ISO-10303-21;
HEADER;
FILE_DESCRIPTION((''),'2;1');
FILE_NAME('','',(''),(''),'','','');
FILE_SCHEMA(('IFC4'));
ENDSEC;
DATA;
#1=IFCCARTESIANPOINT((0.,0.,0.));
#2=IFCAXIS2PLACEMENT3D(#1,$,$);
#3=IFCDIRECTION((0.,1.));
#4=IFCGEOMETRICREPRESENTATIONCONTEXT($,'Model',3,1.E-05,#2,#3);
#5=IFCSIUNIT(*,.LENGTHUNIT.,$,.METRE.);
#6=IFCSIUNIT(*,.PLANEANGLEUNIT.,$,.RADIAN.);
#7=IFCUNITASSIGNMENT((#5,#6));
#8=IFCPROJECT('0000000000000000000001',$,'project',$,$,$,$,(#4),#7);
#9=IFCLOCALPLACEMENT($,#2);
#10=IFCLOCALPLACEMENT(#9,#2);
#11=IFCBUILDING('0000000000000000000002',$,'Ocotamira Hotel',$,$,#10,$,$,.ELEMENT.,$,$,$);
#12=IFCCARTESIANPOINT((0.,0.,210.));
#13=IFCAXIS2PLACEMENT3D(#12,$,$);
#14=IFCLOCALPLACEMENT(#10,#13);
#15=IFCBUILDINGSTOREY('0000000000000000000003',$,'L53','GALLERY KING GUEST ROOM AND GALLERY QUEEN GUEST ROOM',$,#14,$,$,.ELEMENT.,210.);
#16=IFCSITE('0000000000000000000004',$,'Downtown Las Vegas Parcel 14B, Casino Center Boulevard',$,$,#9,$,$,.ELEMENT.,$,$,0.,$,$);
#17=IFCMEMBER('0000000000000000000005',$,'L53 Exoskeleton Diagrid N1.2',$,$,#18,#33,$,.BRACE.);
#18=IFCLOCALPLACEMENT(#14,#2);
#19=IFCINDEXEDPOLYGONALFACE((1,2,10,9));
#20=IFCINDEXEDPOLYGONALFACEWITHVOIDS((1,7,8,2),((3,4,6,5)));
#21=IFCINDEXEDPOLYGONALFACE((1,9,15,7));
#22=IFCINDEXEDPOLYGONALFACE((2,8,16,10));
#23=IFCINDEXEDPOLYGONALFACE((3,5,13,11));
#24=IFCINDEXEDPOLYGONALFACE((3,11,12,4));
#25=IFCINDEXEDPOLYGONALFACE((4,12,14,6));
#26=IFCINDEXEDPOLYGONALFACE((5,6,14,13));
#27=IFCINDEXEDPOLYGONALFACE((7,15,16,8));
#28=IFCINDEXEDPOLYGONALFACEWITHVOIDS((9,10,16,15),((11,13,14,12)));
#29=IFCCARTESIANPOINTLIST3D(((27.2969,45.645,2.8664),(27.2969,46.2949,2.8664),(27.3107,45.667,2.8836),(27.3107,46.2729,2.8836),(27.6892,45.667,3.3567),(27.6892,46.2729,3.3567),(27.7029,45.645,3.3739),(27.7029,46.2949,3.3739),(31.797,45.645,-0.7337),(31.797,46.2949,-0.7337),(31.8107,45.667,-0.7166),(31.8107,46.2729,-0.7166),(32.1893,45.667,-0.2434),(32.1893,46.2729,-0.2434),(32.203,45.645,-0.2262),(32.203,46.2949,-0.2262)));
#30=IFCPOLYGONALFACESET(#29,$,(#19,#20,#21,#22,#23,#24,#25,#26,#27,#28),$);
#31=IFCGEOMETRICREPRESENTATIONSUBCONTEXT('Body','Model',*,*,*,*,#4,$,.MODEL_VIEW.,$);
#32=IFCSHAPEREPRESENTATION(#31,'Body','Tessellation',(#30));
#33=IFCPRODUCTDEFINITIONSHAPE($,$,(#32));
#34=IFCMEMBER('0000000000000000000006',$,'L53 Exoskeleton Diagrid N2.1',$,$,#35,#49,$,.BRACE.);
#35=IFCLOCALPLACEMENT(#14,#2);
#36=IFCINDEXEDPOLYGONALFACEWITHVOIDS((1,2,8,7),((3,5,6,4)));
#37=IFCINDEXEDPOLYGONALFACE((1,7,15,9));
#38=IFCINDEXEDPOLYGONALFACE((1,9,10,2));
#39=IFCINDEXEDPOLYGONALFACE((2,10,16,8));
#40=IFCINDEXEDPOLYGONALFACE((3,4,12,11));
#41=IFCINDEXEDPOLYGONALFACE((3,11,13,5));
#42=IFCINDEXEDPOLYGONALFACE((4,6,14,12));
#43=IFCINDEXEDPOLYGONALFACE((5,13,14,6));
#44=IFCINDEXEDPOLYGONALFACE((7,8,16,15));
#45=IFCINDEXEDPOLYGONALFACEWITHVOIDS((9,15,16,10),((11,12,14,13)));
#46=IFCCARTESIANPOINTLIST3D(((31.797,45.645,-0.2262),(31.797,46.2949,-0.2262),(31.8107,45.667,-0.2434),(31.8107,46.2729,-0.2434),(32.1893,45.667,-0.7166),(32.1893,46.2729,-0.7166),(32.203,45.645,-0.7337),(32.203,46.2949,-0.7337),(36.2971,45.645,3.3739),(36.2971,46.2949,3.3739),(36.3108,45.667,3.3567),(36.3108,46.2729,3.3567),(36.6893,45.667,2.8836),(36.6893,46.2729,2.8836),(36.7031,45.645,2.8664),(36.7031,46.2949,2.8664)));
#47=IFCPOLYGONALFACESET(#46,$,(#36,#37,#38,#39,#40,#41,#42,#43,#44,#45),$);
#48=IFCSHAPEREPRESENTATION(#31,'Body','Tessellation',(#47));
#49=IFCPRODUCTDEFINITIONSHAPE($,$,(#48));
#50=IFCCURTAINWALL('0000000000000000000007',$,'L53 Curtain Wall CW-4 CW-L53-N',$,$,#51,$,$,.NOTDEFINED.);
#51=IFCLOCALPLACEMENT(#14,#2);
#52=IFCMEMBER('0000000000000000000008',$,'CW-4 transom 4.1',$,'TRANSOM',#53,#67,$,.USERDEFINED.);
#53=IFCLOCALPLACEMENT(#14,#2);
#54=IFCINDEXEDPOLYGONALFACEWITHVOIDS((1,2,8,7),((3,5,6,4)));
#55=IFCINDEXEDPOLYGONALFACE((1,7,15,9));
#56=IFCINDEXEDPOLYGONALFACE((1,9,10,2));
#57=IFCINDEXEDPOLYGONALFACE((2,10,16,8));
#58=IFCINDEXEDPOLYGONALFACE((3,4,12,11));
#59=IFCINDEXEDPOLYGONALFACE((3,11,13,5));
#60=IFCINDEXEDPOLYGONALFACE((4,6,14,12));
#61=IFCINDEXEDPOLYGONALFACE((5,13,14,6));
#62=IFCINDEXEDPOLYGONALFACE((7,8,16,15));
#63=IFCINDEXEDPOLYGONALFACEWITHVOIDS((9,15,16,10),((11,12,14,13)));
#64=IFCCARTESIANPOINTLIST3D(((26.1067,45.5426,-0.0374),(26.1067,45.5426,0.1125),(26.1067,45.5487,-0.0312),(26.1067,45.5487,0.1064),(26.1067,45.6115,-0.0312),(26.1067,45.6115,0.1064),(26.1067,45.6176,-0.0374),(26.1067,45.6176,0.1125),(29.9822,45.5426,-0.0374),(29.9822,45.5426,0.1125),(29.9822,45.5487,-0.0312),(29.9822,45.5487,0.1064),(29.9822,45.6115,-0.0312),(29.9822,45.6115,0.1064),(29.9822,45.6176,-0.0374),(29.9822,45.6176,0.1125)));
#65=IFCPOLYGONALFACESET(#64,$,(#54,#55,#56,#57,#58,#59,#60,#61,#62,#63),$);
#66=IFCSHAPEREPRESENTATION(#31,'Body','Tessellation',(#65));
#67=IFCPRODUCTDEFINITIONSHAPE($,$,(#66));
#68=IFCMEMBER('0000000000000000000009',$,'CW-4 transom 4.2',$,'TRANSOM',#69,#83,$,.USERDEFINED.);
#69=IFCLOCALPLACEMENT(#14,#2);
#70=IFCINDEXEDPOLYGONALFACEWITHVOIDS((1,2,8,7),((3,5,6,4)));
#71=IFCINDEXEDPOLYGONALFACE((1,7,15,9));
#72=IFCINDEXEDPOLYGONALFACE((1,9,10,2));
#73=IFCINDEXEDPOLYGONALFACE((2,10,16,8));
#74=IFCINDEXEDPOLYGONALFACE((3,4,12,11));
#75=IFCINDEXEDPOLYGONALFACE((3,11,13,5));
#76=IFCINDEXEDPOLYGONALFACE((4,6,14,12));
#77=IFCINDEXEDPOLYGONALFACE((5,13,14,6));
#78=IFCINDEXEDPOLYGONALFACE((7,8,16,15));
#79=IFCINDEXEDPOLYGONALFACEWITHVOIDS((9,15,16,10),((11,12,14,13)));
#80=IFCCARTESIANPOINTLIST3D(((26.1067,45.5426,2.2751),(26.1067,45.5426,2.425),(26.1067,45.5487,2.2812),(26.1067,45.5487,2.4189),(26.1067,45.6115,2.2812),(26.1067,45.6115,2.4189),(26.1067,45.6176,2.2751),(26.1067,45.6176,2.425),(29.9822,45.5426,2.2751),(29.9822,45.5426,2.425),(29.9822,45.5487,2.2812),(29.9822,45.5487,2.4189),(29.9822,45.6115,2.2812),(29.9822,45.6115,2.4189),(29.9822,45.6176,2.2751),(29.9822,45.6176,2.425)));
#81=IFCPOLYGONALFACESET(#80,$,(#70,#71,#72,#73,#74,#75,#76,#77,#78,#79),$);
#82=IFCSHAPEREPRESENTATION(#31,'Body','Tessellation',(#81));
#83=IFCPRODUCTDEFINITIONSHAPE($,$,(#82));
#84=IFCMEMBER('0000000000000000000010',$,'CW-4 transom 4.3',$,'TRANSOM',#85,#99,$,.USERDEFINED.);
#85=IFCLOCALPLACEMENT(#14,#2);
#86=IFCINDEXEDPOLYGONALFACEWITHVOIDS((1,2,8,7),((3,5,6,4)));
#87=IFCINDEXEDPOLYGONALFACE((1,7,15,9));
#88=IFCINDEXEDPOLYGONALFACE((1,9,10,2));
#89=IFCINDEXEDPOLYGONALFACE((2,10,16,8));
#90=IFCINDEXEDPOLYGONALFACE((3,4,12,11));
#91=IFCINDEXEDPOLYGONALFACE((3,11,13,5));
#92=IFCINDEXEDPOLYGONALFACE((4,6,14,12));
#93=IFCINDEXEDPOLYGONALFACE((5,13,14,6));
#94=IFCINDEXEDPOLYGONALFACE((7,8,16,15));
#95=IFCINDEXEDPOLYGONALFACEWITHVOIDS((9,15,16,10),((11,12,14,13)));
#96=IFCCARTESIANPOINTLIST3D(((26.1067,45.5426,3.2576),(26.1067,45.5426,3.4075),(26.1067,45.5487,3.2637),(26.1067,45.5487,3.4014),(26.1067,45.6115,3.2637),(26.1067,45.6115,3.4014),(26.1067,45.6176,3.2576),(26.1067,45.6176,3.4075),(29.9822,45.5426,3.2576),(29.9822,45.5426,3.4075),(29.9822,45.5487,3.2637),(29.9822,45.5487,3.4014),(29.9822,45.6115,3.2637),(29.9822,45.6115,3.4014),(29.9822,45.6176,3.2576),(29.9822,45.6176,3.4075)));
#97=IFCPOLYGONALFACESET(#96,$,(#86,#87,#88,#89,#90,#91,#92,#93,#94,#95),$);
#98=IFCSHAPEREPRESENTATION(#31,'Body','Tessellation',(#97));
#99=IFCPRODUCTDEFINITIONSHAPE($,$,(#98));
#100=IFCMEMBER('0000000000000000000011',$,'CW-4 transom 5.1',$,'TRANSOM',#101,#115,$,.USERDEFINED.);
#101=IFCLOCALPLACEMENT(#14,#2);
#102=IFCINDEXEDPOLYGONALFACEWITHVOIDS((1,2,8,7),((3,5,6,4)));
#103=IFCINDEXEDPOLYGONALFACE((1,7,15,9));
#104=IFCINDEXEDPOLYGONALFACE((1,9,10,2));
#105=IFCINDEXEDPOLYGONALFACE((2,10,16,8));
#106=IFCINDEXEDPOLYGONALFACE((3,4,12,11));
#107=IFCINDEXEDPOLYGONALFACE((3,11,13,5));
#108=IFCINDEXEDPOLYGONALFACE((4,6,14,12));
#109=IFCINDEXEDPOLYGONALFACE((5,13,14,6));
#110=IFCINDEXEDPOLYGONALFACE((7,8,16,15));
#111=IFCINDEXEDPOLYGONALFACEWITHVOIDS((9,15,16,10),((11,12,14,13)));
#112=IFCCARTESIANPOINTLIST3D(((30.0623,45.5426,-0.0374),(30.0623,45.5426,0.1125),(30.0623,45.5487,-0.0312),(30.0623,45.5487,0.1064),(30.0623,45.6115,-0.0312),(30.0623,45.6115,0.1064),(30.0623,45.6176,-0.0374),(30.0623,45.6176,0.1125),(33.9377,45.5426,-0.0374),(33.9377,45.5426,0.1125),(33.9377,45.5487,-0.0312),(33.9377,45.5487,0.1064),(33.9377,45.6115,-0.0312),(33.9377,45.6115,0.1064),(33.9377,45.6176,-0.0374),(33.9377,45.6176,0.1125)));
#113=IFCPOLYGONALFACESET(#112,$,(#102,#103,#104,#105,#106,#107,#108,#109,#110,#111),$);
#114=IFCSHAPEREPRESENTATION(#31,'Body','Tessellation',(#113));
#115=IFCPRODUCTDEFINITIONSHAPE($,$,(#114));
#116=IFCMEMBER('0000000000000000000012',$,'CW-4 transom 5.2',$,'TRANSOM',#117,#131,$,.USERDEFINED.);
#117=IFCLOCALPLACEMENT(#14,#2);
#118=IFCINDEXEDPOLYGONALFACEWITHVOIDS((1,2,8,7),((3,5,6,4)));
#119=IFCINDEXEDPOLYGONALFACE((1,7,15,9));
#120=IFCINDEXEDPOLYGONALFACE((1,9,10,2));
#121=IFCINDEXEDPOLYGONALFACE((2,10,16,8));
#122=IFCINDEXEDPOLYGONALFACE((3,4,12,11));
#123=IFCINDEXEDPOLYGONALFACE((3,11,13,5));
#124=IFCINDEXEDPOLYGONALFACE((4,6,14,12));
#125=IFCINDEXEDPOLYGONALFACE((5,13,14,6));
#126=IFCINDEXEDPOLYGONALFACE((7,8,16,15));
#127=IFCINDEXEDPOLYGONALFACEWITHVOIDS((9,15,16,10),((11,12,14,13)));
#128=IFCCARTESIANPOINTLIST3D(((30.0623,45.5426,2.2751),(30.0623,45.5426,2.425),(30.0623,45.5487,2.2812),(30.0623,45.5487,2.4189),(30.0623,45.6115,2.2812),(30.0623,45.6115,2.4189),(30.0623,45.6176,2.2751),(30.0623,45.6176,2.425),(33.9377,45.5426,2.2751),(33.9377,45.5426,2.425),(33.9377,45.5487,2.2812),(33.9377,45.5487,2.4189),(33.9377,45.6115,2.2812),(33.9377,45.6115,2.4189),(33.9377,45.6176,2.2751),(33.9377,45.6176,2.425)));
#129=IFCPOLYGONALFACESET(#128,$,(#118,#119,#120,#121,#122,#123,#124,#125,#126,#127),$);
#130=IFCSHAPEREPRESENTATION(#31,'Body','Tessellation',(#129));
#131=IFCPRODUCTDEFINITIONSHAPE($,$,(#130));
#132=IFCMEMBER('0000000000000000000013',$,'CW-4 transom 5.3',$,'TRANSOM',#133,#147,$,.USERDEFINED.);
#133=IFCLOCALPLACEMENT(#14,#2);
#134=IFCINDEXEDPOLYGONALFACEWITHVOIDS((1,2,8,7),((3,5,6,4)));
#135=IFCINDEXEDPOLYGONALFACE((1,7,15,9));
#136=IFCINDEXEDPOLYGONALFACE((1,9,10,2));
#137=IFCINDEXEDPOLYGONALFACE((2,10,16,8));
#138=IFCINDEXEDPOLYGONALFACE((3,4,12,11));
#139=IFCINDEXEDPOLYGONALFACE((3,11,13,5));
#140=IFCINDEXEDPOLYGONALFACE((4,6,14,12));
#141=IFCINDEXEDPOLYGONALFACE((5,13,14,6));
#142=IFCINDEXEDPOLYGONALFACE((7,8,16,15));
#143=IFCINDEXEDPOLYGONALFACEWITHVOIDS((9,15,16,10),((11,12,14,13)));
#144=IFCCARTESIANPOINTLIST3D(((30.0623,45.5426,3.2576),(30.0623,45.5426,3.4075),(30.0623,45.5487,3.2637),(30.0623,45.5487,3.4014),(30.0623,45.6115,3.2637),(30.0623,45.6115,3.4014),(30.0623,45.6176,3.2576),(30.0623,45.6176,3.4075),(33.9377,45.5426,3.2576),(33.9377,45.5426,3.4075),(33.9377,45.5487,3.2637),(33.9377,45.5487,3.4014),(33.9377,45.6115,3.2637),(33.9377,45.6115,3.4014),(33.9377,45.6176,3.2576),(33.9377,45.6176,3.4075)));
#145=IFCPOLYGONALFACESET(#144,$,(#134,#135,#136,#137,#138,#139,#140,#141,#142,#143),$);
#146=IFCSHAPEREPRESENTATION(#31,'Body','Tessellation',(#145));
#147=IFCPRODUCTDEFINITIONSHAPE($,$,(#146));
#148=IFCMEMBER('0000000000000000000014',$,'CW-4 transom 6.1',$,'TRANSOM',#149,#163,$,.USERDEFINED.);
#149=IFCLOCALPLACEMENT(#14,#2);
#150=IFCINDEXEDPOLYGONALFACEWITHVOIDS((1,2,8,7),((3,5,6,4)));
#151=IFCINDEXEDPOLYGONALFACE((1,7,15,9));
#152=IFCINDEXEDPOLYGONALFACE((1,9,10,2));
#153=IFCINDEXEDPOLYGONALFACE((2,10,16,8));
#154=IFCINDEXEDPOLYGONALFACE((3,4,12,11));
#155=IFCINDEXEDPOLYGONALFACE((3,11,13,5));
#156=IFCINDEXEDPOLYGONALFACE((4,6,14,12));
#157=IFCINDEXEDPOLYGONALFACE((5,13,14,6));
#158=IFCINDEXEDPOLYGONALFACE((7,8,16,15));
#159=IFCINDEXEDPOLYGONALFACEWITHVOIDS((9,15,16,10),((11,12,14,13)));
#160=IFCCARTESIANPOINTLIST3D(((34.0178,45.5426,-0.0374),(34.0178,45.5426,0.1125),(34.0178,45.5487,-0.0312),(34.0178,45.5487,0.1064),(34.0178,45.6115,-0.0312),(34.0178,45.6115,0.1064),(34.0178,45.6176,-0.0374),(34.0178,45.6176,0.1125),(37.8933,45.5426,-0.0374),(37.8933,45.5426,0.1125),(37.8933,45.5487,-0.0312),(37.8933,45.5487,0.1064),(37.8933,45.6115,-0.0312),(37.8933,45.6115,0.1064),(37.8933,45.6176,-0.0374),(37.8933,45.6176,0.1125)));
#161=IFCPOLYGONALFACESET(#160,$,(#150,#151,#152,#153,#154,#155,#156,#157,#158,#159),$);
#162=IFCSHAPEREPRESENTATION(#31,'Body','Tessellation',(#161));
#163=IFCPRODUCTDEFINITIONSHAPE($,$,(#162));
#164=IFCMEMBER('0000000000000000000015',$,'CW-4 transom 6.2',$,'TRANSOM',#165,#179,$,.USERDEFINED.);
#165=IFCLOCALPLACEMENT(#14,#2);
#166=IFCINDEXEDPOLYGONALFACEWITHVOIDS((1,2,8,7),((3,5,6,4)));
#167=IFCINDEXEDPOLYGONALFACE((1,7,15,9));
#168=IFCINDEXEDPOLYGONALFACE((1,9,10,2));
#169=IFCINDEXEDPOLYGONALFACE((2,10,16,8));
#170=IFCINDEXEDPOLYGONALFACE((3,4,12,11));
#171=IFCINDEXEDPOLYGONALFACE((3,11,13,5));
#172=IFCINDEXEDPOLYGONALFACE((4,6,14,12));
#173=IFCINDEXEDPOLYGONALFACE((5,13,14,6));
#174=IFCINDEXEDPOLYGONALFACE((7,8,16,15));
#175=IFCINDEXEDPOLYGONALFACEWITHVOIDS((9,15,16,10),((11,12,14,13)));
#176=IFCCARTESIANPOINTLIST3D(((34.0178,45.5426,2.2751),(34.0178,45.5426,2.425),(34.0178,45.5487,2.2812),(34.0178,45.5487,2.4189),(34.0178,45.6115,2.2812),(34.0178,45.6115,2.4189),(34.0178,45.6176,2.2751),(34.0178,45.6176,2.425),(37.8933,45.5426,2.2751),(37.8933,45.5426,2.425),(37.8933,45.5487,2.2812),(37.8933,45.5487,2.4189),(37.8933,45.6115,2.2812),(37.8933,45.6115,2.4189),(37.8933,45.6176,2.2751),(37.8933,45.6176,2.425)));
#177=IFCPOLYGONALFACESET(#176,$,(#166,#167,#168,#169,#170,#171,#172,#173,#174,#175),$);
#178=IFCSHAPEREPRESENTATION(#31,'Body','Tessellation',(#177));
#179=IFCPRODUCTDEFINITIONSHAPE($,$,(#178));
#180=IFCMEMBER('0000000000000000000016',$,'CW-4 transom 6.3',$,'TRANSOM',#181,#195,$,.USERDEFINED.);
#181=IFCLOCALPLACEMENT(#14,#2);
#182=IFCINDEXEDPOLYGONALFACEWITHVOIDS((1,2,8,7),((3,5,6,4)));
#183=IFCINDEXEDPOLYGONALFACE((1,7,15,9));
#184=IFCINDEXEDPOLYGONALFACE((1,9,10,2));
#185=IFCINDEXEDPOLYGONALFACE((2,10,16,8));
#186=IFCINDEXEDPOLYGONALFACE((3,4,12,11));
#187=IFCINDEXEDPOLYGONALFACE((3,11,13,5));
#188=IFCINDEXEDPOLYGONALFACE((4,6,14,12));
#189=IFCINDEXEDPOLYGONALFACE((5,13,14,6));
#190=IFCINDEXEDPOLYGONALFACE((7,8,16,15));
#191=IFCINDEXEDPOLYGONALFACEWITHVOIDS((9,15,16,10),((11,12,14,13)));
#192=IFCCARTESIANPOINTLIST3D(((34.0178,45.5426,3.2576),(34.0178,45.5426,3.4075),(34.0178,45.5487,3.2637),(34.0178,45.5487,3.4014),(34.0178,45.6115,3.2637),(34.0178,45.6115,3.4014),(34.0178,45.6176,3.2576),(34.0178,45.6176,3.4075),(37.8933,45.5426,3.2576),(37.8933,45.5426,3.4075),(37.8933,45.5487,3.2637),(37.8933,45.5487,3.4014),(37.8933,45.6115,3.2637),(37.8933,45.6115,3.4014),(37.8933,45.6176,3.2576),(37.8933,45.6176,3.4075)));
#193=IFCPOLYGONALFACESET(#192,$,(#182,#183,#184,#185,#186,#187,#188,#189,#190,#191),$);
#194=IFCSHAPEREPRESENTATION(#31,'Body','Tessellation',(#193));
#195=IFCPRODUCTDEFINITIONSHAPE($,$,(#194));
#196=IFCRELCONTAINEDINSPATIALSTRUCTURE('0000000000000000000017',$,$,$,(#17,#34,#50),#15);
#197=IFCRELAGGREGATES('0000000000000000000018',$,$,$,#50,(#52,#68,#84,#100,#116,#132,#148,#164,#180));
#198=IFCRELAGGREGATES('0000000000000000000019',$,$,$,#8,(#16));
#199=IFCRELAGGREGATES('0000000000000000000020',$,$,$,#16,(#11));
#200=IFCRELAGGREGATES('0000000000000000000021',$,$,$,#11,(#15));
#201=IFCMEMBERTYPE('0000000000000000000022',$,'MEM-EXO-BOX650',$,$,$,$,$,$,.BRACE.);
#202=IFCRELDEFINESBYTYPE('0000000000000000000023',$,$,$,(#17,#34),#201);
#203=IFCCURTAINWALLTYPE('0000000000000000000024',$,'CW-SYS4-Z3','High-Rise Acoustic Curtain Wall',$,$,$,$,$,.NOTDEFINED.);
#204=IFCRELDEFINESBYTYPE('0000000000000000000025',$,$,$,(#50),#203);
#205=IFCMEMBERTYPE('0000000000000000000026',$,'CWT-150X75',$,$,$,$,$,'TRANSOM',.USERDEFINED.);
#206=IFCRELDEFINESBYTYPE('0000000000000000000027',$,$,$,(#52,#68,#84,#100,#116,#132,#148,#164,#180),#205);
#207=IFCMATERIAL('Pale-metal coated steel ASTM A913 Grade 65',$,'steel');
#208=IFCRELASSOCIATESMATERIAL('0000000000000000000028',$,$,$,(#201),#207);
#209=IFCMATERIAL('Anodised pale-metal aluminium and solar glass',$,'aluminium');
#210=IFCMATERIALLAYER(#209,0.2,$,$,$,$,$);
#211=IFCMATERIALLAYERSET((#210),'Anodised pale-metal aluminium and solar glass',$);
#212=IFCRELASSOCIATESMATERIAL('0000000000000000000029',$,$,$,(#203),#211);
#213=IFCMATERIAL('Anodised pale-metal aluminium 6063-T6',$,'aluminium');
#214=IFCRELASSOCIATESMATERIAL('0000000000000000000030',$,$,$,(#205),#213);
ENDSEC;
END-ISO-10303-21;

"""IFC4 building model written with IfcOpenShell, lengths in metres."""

from ifc_helpers import new_model, si_unit, direction, frame, origin, origin_2d, place, context, subcontext, project, spatial, hollow_rectangle, extrude, source, transform, mapped, material, layer, layer_set, material_profile, profile_set, type_object, element, aggregate, save


model = new_model("IFC4")

# Units and contexts
model_context = context("Model", 3, precision=1e-05, world=origin(), true_north=direction((0.0, 1.0)))
body_context = subcontext(model_context, "Body", "Model", "MODEL_VIEW")
ifc_project = project(units=[si_unit("LENGTHUNIT", "METRE"), si_unit("PLANEANGLEUNIT", "RADIAN")], contexts=[model_context])

# Site, building, storey
site_placement = place(None, origin())
site = spatial("IfcSite", under=ifc_project, at=site_placement, Name="Downtown Las Vegas Parcel 14B, Casino Center Boulevard", CompositionType="ELEMENT", RefElevation=0.0)
building_placement = place(site_placement, origin())
building = spatial("IfcBuilding", under=site, at=building_placement, Name="Ocotamira Hotel", CompositionType="ELEMENT")
storey_placement = place(building_placement, frame((0.0, 0.0, 210.0)))
storey = spatial("IfcBuildingStorey", under=building, at=storey_placement, Name="L53", Description="GALLERY KING GUEST ROOM AND GALLERY QUEEN GUEST ROOM", CompositionType="ELEMENT", Elevation=210.0)

# Members
ifc_material_1 = material(Name="Pale-metal coated steel ASTM A913 Grade 65", Category="steel")
ifc_material_profile_1 = material_profile(ifc_material_1, hollow_rectangle(XDim=0.6499, YDim=0.6499, WallThickness=0.022, at=origin_2d()), Name="BOX650X650X22")
ifc_profile_set_1 = profile_set([ifc_material_profile_1], Name="Pale-metal coated steel ASTM A913 Grade 65")
member_type_1 = type_object("IfcMemberType", Name="MEM-EXO-BOX650", PredefinedType="BRACE", material=ifc_profile_set_1)
shared_shape_1 = source(origin(), body_context, "Body", "SweptSolid", [
    extrude(hollow_rectangle(XDim=0.6499, YDim=0.6499, WallThickness=0.022, at=origin_2d()), origin(), (0.0, 0.0, 1.0), 5.7629),
])
for number, where, z_axis, x_axis, name in (
    (1, (32.0, 45.97, -0.48), (-0.780861, 0.0, 0.624705), (0.0, -1.0, 0.0), "L53 Exoskeleton Diagrid N1.2"),
    (2, (32.0, 45.97, -0.48), (0.780861, 0.0, 0.624705), (0.0, 1.0, 0.0), "L53 Exoskeleton Diagrid N2.1"),
):
    element("IfcMember", number, at=place(storey_placement, frame(where, z_axis=z_axis, x_axis=x_axis)), inside=storey, type_object=member_type_1, Name=name, PredefinedType="BRACE", context=body_context, shape_type="MappedRepresentation", body=[
        mapped(shared_shape_1, transform((0.0, 0.0, 0.0), scale=1.0)),
    ])

# Curtain wall, members
ifc_material_2 = material(Name="Anodised pale-metal aluminium and solar glass", Category="aluminium")
ifc_layer_1 = layer(ifc_material_2, 0.2)
ifc_layer_set_1 = layer_set([ifc_layer_1], Name="Anodised pale-metal aluminium and solar glass")
curtain_wall_type = type_object("IfcCurtainWallType", Name="CW-SYS4-Z3", Description="High-Rise Acoustic Curtain Wall", PredefinedType="NOTDEFINED", material=ifc_layer_set_1)
curtain_wall_placement = place(storey_placement, origin())
curtain_wall = element("IfcCurtainWall", 3, at=curtain_wall_placement, inside=storey, type_object=curtain_wall_type, Name="L53 Curtain Wall CW-4 CW-L53-N", PredefinedType="NOTDEFINED")
ifc_material_3 = material(Name="Anodised pale-metal aluminium 6063-T6", Category="aluminium")
ifc_material_profile_2 = material_profile(ifc_material_3, hollow_rectangle(XDim=0.075, YDim=0.1499, WallThickness=0.0061, at=origin_2d()), Name="HSS150X75X6")
ifc_profile_set_2 = profile_set([ifc_material_profile_2], Name="Anodised pale-metal aluminium 6063-T6")
member_type_2 = type_object("IfcMemberType", Name="CWT-150X75", ElementType="TRANSOM", PredefinedType="USERDEFINED", material=ifc_profile_set_2)
shared_shape_2 = source(origin(), body_context, "Body", "SweptSolid", [
    extrude(hollow_rectangle(XDim=0.075, YDim=0.1499, WallThickness=0.0061, at=origin_2d()), origin(), (0.0, 0.0, 1.0), 3.8755),
])
member_1_placement = place(storey_placement, frame((26.1067, 45.5801, 0.0376), z_axis=(1.0, 0.0, 0.0), x_axis=(0.0, 1.0, 0.0)))
member_1 = element("IfcMember", 4, at=member_1_placement, type_object=member_type_2, Name="CW-4 transom 4.1", ObjectType="TRANSOM", PredefinedType="USERDEFINED", context=body_context, shape_type="MappedRepresentation", body=[
    mapped(shared_shape_2, transform((0.0, 0.0, 0.0), scale=1.0)),
])
member_2_placement = place(storey_placement, frame((26.1067, 45.5801, 2.3501), z_axis=(1.0, 0.0, 0.0), x_axis=(0.0, 1.0, 0.0)))
member_2 = element("IfcMember", 5, at=member_2_placement, type_object=member_type_2, Name="CW-4 transom 4.2", ObjectType="TRANSOM", PredefinedType="USERDEFINED", context=body_context, shape_type="MappedRepresentation", body=[
    mapped(shared_shape_2, transform((0.0, 0.0, 0.0), scale=1.0)),
])
member_3_placement = place(storey_placement, frame((26.1067, 45.5801, 3.3325), z_axis=(1.0, 0.0, 0.0), x_axis=(0.0, 1.0, 0.0)))
member_3 = element("IfcMember", 6, at=member_3_placement, type_object=member_type_2, Name="CW-4 transom 4.3", ObjectType="TRANSOM", PredefinedType="USERDEFINED", context=body_context, shape_type="MappedRepresentation", body=[
    mapped(shared_shape_2, transform((0.0, 0.0, 0.0), scale=1.0)),
])
member_4_placement = place(storey_placement, frame((30.0623, 45.5801, 0.0376), z_axis=(1.0, 0.0, 0.0), x_axis=(0.0, 1.0, 0.0)))
member_4 = element("IfcMember", 7, at=member_4_placement, type_object=member_type_2, Name="CW-4 transom 5.1", ObjectType="TRANSOM", PredefinedType="USERDEFINED", context=body_context, shape_type="MappedRepresentation", body=[
    mapped(shared_shape_2, transform((0.0, 0.0, 0.0), scale=1.0)),
])
member_5_placement = place(storey_placement, frame((30.0623, 45.5801, 2.3501), z_axis=(1.0, 0.0, 0.0), x_axis=(0.0, 1.0, 0.0)))
member_5 = element("IfcMember", 8, at=member_5_placement, type_object=member_type_2, Name="CW-4 transom 5.2", ObjectType="TRANSOM", PredefinedType="USERDEFINED", context=body_context, shape_type="MappedRepresentation", body=[
    mapped(shared_shape_2, transform((0.0, 0.0, 0.0), scale=1.0)),
])
member_6_placement = place(storey_placement, frame((30.0623, 45.5801, 3.3325), z_axis=(1.0, 0.0, 0.0), x_axis=(0.0, 1.0, 0.0)))
member_6 = element("IfcMember", 9, at=member_6_placement, type_object=member_type_2, Name="CW-4 transom 5.3", ObjectType="TRANSOM", PredefinedType="USERDEFINED", context=body_context, shape_type="MappedRepresentation", body=[
    mapped(shared_shape_2, transform((0.0, 0.0, 0.0), scale=1.0)),
])
member_7_placement = place(storey_placement, frame((34.0178, 45.5801, 0.0376), z_axis=(1.0, 0.0, 0.0), x_axis=(0.0, 1.0, 0.0)))
member_7 = element("IfcMember", 10, at=member_7_placement, type_object=member_type_2, Name="CW-4 transom 6.1", ObjectType="TRANSOM", PredefinedType="USERDEFINED", context=body_context, shape_type="MappedRepresentation", body=[
    mapped(shared_shape_2, transform((0.0, 0.0, 0.0), scale=1.0)),
])
member_8_placement = place(storey_placement, frame((34.0178, 45.5801, 2.3501), z_axis=(1.0, 0.0, 0.0), x_axis=(0.0, 1.0, 0.0)))
member_8 = element("IfcMember", 11, at=member_8_placement, type_object=member_type_2, Name="CW-4 transom 6.2", ObjectType="TRANSOM", PredefinedType="USERDEFINED", context=body_context, shape_type="MappedRepresentation", body=[
    mapped(shared_shape_2, transform((0.0, 0.0, 0.0), scale=1.0)),
])
member_9_placement = place(storey_placement, frame((34.0178, 45.5801, 3.3325), z_axis=(1.0, 0.0, 0.0), x_axis=(0.0, 1.0, 0.0)))
member_9 = element("IfcMember", 12, at=member_9_placement, type_object=member_type_2, Name="CW-4 transom 6.3", ObjectType="TRANSOM", PredefinedType="USERDEFINED", context=body_context, shape_type="MappedRepresentation", body=[
    mapped(shared_shape_2, transform((0.0, 0.0, 0.0), scale=1.0)),
])

aggregate(curtain_wall, [member_1, member_2, member_3, member_4, member_5, member_6, member_7, member_8, member_9])

save(model, "model.ifc")
